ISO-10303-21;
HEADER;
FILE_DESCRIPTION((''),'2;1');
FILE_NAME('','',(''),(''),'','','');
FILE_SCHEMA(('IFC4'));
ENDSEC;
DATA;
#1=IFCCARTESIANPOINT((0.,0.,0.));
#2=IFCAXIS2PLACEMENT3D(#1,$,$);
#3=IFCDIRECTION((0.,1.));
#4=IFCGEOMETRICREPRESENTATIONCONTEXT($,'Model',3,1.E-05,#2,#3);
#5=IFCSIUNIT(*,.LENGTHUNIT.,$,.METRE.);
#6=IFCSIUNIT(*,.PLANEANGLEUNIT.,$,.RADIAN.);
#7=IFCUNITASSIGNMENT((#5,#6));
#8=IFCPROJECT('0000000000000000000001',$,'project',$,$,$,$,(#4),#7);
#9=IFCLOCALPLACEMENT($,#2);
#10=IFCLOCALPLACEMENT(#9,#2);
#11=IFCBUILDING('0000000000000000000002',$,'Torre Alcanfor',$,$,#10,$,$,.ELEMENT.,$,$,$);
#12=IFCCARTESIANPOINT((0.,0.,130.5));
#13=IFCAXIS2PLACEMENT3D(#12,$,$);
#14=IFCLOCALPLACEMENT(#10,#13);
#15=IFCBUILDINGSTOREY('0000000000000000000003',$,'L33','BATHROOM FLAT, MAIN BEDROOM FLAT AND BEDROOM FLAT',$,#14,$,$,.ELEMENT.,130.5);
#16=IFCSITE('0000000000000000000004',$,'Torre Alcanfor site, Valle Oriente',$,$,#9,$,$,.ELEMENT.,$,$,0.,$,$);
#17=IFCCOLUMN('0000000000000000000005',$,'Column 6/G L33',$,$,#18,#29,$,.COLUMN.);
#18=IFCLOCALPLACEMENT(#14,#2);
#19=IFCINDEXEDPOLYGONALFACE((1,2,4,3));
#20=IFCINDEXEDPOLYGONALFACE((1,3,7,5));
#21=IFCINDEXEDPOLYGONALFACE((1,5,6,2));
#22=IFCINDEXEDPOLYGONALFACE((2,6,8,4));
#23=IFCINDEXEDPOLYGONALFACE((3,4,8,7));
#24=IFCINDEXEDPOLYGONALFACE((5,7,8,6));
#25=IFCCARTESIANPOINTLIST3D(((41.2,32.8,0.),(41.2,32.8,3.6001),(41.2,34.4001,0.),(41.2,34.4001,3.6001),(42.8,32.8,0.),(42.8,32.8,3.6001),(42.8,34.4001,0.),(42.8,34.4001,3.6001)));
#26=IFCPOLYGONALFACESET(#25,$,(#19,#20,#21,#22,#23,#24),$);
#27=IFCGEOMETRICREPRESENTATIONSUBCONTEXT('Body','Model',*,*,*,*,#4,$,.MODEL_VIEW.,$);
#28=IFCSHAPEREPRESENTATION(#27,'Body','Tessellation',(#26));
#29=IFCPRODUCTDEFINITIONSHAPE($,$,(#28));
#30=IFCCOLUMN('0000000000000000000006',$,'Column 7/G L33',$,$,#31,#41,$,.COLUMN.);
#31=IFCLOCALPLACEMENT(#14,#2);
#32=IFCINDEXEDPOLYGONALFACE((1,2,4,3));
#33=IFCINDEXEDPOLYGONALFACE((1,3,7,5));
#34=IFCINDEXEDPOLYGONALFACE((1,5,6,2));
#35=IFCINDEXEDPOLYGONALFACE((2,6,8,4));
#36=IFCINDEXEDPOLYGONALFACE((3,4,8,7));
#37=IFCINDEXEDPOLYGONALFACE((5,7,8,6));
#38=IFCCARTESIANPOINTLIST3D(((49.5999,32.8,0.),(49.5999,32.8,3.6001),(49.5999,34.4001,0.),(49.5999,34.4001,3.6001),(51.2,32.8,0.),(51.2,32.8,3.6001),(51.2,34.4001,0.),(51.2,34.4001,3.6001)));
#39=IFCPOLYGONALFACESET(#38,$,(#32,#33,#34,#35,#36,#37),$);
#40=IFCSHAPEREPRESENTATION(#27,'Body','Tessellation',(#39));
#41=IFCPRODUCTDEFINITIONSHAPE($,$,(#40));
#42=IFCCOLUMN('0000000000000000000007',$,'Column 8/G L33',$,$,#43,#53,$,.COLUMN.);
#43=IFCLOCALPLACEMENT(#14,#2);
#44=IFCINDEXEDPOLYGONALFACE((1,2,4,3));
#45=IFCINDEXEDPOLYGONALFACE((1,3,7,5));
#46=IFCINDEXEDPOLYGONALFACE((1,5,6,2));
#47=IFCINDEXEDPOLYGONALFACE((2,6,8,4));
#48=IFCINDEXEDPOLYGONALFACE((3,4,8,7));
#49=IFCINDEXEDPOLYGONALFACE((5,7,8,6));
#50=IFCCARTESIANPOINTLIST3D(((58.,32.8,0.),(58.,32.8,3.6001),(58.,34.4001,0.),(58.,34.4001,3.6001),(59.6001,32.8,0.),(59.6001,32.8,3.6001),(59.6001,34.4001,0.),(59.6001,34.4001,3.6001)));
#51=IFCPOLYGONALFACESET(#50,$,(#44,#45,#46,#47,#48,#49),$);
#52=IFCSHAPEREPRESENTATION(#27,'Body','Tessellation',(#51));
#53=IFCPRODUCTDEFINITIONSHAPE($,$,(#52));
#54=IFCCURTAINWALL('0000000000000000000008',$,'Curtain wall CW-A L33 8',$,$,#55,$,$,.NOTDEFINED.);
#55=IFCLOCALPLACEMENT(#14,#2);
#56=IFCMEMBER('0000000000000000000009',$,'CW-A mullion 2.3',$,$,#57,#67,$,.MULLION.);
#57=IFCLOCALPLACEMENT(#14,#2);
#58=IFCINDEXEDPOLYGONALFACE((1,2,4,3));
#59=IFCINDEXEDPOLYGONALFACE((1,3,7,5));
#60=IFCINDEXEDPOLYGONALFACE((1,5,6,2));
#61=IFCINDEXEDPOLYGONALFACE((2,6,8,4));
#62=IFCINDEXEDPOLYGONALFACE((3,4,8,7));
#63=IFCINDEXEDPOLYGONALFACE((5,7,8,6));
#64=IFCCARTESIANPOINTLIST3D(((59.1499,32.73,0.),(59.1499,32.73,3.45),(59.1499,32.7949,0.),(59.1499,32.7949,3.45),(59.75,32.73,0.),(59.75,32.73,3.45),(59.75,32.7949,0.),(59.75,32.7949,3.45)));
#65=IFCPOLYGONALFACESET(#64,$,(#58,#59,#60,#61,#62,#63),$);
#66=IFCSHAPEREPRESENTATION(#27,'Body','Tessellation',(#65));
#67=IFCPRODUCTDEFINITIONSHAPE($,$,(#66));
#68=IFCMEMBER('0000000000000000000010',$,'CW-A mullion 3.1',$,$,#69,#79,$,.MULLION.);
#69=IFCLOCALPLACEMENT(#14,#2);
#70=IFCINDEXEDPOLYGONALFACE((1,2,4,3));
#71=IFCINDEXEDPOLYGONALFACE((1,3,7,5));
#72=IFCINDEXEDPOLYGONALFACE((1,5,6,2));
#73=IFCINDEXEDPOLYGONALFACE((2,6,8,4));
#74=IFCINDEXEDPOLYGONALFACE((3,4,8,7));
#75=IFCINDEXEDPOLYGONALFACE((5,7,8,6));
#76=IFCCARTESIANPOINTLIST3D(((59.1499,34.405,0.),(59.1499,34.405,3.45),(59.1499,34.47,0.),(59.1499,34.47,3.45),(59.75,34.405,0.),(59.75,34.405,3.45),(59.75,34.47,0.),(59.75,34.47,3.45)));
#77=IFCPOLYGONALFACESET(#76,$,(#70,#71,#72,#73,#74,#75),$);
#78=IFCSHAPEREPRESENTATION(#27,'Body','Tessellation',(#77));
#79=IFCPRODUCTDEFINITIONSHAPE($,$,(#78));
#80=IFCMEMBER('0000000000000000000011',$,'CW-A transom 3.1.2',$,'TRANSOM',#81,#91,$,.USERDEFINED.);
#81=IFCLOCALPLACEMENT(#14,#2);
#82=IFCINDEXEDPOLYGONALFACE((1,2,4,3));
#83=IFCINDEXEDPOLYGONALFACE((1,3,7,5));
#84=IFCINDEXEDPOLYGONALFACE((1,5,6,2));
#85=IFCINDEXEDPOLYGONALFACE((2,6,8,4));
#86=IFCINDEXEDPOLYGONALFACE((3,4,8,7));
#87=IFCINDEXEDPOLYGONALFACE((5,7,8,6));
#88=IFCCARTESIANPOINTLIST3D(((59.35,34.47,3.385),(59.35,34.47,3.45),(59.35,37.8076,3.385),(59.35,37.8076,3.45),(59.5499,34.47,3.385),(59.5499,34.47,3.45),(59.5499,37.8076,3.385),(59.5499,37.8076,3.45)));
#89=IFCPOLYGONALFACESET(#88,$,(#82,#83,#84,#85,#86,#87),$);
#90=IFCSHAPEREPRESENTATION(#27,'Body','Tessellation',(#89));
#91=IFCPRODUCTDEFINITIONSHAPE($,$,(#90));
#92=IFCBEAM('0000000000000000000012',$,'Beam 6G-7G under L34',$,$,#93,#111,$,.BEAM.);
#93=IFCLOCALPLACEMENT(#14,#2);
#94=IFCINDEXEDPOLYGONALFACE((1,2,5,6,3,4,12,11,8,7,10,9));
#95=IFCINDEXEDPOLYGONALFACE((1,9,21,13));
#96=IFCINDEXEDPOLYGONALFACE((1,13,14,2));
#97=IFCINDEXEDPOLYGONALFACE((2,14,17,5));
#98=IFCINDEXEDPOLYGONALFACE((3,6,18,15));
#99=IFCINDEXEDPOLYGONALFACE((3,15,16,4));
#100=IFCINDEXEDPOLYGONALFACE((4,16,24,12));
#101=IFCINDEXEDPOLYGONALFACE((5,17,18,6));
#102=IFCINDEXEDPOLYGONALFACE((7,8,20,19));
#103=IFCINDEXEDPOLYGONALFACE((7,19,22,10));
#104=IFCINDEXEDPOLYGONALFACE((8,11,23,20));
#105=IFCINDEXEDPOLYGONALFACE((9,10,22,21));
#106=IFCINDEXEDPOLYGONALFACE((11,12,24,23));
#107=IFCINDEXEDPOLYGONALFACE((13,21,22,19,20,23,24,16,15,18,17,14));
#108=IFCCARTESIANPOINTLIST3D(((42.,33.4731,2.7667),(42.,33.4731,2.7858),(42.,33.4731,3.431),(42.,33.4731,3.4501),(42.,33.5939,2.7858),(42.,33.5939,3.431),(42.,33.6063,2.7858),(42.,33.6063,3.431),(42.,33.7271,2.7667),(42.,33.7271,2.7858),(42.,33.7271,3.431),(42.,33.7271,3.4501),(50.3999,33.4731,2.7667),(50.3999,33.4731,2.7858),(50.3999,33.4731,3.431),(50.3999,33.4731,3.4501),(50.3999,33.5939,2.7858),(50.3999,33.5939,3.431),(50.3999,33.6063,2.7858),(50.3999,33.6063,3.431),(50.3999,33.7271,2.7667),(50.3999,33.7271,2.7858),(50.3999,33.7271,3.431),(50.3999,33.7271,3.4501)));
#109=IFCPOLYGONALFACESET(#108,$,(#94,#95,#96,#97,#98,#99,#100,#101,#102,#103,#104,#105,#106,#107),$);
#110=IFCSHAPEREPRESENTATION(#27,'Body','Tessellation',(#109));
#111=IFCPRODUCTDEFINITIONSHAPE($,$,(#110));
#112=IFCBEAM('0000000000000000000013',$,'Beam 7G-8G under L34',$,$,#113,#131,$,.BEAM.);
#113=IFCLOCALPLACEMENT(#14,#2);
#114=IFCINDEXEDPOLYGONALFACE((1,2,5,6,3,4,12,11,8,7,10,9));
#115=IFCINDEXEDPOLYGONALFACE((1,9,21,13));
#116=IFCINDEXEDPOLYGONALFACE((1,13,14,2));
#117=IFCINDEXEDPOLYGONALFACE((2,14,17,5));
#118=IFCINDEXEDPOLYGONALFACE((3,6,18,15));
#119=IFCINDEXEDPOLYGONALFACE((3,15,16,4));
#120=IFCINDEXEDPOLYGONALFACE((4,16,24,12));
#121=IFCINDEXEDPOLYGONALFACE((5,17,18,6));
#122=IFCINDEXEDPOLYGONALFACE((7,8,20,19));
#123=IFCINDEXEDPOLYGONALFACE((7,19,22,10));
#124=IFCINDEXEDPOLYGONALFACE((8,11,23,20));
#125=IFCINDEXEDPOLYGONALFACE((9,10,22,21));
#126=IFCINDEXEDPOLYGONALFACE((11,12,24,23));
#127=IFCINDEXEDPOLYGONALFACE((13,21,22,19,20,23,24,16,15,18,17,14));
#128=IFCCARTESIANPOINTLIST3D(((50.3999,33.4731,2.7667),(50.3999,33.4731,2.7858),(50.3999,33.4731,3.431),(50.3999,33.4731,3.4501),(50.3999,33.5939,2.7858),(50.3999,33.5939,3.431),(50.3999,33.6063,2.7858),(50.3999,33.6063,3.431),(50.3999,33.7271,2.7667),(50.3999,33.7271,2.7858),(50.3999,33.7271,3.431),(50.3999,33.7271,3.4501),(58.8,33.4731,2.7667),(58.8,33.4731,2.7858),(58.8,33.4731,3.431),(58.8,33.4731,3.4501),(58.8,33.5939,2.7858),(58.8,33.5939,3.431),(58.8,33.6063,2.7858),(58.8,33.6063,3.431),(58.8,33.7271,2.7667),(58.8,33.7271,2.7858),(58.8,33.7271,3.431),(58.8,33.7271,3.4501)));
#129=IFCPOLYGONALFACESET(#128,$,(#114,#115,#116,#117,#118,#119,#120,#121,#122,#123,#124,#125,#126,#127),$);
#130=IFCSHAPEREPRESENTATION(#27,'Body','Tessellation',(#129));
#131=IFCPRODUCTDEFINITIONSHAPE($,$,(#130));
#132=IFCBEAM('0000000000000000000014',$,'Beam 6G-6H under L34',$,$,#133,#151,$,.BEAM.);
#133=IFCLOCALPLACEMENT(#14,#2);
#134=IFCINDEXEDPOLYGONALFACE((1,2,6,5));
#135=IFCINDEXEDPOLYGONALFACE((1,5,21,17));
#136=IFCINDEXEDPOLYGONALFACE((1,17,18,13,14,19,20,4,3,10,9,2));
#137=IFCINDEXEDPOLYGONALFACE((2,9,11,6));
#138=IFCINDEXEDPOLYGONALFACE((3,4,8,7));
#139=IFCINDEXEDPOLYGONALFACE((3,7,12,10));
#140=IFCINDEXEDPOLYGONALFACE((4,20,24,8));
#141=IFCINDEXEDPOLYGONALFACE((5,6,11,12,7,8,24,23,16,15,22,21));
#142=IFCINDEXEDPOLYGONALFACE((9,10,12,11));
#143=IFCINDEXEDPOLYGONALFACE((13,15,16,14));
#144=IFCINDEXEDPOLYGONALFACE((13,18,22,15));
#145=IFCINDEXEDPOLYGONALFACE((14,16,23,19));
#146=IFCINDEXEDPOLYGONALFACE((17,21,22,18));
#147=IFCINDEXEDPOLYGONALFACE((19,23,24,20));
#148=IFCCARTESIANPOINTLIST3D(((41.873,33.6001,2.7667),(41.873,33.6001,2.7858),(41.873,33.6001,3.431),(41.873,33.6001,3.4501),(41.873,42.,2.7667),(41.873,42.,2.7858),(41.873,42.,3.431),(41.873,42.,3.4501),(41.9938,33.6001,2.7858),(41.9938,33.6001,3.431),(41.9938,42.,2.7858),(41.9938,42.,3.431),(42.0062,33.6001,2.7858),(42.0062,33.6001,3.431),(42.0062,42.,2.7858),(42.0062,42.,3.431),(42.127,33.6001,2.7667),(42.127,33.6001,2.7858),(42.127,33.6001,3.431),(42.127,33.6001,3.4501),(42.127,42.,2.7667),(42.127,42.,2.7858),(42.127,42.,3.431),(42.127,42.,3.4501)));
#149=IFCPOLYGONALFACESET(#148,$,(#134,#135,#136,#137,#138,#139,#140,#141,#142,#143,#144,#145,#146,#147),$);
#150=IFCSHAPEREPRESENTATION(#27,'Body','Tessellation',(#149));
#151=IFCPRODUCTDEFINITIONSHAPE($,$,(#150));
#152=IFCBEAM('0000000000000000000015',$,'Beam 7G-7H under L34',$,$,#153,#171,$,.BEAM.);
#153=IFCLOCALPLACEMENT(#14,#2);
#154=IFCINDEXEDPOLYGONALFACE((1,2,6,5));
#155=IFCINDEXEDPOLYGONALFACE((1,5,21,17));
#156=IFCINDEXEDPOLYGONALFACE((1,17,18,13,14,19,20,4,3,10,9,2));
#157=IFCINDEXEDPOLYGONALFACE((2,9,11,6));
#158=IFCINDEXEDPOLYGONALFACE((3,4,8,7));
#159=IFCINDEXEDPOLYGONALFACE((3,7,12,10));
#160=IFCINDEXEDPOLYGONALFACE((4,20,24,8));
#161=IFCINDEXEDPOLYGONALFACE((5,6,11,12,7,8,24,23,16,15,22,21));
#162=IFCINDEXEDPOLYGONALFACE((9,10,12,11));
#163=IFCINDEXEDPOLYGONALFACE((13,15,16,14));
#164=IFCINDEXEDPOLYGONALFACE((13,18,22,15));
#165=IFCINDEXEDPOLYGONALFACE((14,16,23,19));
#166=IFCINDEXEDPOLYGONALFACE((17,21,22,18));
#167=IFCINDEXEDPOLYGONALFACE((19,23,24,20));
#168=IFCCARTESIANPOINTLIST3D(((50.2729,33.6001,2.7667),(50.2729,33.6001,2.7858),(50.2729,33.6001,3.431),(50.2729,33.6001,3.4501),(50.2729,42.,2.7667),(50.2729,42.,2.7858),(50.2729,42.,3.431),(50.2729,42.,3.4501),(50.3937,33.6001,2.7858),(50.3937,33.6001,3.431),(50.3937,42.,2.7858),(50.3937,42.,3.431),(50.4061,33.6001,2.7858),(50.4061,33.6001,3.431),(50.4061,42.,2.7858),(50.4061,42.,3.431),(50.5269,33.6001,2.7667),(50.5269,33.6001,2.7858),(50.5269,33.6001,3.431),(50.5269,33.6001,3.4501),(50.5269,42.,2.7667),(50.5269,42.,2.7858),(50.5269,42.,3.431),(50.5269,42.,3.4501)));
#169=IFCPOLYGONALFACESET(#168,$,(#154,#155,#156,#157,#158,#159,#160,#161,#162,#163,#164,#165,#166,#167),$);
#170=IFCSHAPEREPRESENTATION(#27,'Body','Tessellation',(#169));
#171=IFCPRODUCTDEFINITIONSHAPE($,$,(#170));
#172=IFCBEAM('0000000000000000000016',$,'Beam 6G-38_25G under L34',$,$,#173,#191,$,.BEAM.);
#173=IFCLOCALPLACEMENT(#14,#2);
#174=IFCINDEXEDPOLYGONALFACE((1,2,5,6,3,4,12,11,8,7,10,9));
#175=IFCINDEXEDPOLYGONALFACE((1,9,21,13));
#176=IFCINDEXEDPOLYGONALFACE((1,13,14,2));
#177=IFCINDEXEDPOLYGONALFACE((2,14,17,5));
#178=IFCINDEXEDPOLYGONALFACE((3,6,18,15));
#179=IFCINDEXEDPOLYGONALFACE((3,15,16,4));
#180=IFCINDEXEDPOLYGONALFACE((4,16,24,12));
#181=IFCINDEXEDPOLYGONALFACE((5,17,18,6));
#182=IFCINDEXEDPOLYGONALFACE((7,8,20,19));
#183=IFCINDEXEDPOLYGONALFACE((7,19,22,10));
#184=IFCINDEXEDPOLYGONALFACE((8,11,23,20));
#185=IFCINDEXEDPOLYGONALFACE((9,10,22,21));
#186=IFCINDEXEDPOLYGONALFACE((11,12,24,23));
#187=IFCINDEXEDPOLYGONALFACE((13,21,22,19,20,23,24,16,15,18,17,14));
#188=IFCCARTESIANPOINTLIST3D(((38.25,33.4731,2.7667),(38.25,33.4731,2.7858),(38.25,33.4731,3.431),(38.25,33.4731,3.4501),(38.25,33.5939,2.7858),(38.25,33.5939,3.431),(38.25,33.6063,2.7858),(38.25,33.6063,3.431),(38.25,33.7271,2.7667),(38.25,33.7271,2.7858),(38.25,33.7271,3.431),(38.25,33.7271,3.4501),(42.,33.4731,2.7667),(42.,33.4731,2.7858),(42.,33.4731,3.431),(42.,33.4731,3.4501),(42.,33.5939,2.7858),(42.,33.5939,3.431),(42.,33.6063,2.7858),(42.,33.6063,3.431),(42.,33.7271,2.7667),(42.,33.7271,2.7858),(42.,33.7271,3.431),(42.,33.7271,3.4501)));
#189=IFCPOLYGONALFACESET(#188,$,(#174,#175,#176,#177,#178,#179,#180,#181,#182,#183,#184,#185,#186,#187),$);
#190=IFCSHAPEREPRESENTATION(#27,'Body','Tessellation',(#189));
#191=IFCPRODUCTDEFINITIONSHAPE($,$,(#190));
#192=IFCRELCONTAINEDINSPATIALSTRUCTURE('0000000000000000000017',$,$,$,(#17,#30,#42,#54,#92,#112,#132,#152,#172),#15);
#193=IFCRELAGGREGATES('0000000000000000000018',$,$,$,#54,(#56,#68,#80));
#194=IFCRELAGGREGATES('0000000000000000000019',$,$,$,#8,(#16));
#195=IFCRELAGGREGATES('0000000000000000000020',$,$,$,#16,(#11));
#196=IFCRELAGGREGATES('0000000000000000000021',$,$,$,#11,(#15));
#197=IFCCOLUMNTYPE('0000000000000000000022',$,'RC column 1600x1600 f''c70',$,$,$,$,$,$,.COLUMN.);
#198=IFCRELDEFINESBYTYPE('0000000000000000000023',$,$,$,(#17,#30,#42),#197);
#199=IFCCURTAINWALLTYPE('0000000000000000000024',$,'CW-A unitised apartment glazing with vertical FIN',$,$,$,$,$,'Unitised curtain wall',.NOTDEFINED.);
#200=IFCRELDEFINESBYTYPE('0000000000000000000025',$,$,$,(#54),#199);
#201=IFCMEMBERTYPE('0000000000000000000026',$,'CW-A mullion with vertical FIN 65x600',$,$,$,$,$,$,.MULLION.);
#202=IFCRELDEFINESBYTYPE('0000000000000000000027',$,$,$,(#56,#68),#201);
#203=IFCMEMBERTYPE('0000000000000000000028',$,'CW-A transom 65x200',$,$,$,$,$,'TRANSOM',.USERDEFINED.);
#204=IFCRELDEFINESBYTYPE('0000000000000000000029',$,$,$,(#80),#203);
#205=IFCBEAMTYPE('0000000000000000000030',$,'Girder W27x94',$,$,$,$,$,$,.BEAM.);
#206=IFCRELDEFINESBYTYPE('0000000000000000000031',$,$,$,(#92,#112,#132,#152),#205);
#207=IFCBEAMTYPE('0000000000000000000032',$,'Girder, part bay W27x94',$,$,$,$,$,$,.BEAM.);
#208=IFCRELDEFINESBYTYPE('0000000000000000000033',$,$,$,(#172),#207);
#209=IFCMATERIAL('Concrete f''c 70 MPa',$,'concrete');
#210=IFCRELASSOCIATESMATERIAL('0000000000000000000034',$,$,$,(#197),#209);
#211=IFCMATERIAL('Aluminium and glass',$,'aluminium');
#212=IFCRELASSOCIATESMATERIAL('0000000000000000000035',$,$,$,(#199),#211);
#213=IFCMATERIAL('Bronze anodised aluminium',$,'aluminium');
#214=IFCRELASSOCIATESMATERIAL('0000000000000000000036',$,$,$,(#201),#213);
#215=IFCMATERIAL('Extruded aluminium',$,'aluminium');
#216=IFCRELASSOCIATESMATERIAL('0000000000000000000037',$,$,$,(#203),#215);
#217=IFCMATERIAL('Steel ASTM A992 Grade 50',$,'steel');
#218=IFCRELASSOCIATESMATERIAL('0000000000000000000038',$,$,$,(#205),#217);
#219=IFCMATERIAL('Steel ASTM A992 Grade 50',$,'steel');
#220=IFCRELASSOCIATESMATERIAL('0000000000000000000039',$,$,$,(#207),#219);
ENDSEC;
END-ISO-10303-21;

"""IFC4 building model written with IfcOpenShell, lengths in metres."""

from ifc_helpers import new_model, si_unit, direction, frame, origin, origin_2d, place, context, subcontext, project, spatial, rectangle, i_section, extrude, material, material_profile, profile_set, type_object, element, aggregate, save


model = new_model("IFC4")

# Units and contexts
model_context = context("Model", 3, precision=1e-05, world=origin(), true_north=direction((0.0, 1.0)))
body_context = subcontext(model_context, "Body", "Model", "MODEL_VIEW")
ifc_project = project(units=[si_unit("LENGTHUNIT", "METRE"), si_unit("PLANEANGLEUNIT", "RADIAN")], contexts=[model_context])

# Site, building, storey
site_placement = place(None, origin())
site = spatial("IfcSite", under=ifc_project, at=site_placement, Name="Torre Alcanfor site, Valle Oriente", CompositionType="ELEMENT", RefElevation=0.0)
building_placement = place(site_placement, origin())
building = spatial("IfcBuilding", under=site, at=building_placement, Name="Torre Alcanfor", CompositionType="ELEMENT")
storey_placement = place(building_placement, frame((0.0, 0.0, 130.5)))
storey = spatial("IfcBuildingStorey", under=building, at=storey_placement, Name="L33", Description="BATHROOM FLAT, MAIN BEDROOM FLAT AND BEDROOM FLAT", CompositionType="ELEMENT", Elevation=130.5)

# Columns
ifc_material_1 = material(Name="Concrete f'c 70 MPa", Category="concrete")
ifc_material_profile_1 = material_profile(ifc_material_1, rectangle(XDim=1.6001, YDim=1.6001, at=origin_2d()), Name="1600x1600")
ifc_profile_set_1 = profile_set([ifc_material_profile_1], Name="Concrete f'c 70 MPa")
column_type = type_object("IfcColumnType", Name="RC column 1600x1600 f'c70", PredefinedType="COLUMN", material=ifc_profile_set_1)
for number, where, z_axis, x_axis, name in (
    (1, (42.0, 33.6001, 0.0), (0.0, 0.0, 1.0), (1.0, 0.0, 0.0), "Column 6/G L33"),
    (2, (50.3999, 33.6001, 0.0), (0.0, 0.0, 1.0), (1.0, 0.0, 0.0), "Column 7/G L33"),
    (3, (58.8, 33.6001, 0.0), (0.0, 0.0, 1.0), (1.0, 0.0, 0.0), "Column 8/G L33"),
):
    element("IfcColumn", number, at=place(storey_placement, frame(where, z_axis=z_axis, x_axis=x_axis)), inside=storey, type_object=column_type, Name=name, PredefinedType="COLUMN", context=body_context, shape_type="SweptSolid", body=[
        extrude(rectangle(XDim=1.6001, YDim=1.6001, at=origin_2d()), origin(), (0.0, 0.0, 1.0), 3.6001),
    ])

# Curtain wall, members
ifc_material_2 = material(Name="Aluminium and glass", Category="aluminium")
curtain_wall_type = type_object("IfcCurtainWallType", Name="CW-A unitised apartment glazing with vertical FIN", ElementType="Unitised curtain wall", PredefinedType="NOTDEFINED", material=ifc_material_2)
curtain_wall_placement = place(storey_placement, origin())
curtain_wall = element("IfcCurtainWall", 4, at=curtain_wall_placement, inside=storey, type_object=curtain_wall_type, Name="Curtain wall CW-A L33 8", PredefinedType="NOTDEFINED")
ifc_material_3 = material(Name="Bronze anodised aluminium", Category="aluminium")
ifc_material_profile_2 = material_profile(ifc_material_3, rectangle(XDim=0.6001, YDim=0.0649, at=origin_2d()), Name="CW-A mullion 65x600")
ifc_profile_set_2 = profile_set([ifc_material_profile_2], Name="Bronze anodised aluminium")
member_type_1 = type_object("IfcMemberType", Name="CW-A mullion with vertical FIN 65x600", PredefinedType="MULLION", material=ifc_profile_set_2)
member_1_placement = place(storey_placement, frame((59.45, 32.7625, 0.0), z_axis=(0.0, 0.0, 1.0), x_axis=(-1.0, 0.0, 0.0)))
member_1 = element("IfcMember", 5, at=member_1_placement, type_object=member_type_1, Name="CW-A mullion 2.3", PredefinedType="MULLION", context=body_context, shape_type="SweptSolid", body=[
    extrude(rectangle(XDim=0.6001, YDim=0.0649, at=origin_2d()), origin(), (0.0, 0.0, 1.0), 3.45),
])
member_2_placement = place(storey_placement, frame((59.45, 34.4375, 0.0), z_axis=(0.0, 0.0, 1.0), x_axis=(-1.0, 0.0, 0.0)))
member_2 = element("IfcMember", 6, at=member_2_placement, type_object=member_type_1, Name="CW-A mullion 3.1", PredefinedType="MULLION", context=body_context, shape_type="SweptSolid", body=[
    extrude(rectangle(XDim=0.6001, YDim=0.0649, at=origin_2d()), origin(), (0.0, 0.0, 1.0), 3.45),
])
ifc_material_4 = material(Name="Extruded aluminium", Category="aluminium")
ifc_material_profile_3 = material_profile(ifc_material_4, rectangle(XDim=0.2, YDim=0.0649, at=origin_2d()), Name="CW-A transom 200x65")
ifc_profile_set_3 = profile_set([ifc_material_profile_3], Name="Extruded aluminium")
member_type_2 = type_object("IfcMemberType", Name="CW-A transom 65x200", ElementType="TRANSOM", PredefinedType="USERDEFINED", material=ifc_profile_set_3)
member_3_placement = place(storey_placement, frame((59.45, 34.47, 3.4175), z_axis=(0.0, 1.0, 0.0), x_axis=(-1.0, 0.0, 0.0)))
member_3 = element("IfcMember", 7, at=member_3_placement, type_object=member_type_2, Name="CW-A transom 3.1.2", ObjectType="TRANSOM", PredefinedType="USERDEFINED", context=body_context, shape_type="SweptSolid", body=[
    extrude(rectangle(XDim=0.2, YDim=0.0649, at=origin_2d()), origin(), (0.0, 0.0, 1.0), 3.3376),
])

# Beams
ifc_material_5 = material(Name="Steel ASTM A992 Grade 50", Category="steel")
ifc_material_profile_4 = material_profile(ifc_material_5, i_section(OverallWidth=0.2539, OverallDepth=0.6833, WebThickness=0.0125, FlangeThickness=0.019, at=origin_2d()), Name="W27x94")
ifc_profile_set_4 = profile_set([ifc_material_profile_4], Name="Steel ASTM A992 Grade 50")
beam_type_1 = type_object("IfcBeamType", Name="Girder W27x94", PredefinedType="BEAM", material=ifc_profile_set_4)
beam_1_placement = place(storey_placement, frame((42.0, 33.6001, 3.1084), z_axis=(1.0, 0.0, 0.0), x_axis=(0.0, 1.0, 0.0)))
element("IfcBeam", 8, at=beam_1_placement, inside=storey, type_object=beam_type_1, Name="Beam 6G-7G under L34", PredefinedType="BEAM", context=body_context, shape_type="SweptSolid", body=[
    extrude(i_section(OverallWidth=0.2539, OverallDepth=0.6833, WebThickness=0.0125, FlangeThickness=0.019, at=origin_2d()), origin(), (0.0, 0.0, 1.0), 8.3999),
])
beam_2_placement = place(storey_placement, frame((50.3999, 33.6001, 3.1084), z_axis=(1.0, 0.0, 0.0), x_axis=(0.0, 1.0, 0.0)))
element("IfcBeam", 9, at=beam_2_placement, inside=storey, type_object=beam_type_1, Name="Beam 7G-8G under L34", PredefinedType="BEAM", context=body_context, shape_type="SweptSolid", body=[
    extrude(i_section(OverallWidth=0.2539, OverallDepth=0.6833, WebThickness=0.0125, FlangeThickness=0.019, at=origin_2d()), origin(), (0.0, 0.0, 1.0), 8.4001),
])
for number, where, z_axis, x_axis, name in (
    (10, (42.0, 33.6001, 3.1084), (0.0, 1.0, 0.0), (-1.0, 0.0, 0.0), "Beam 6G-6H under L34"),
    (11, (50.3999, 33.6001, 3.1084), (0.0, 1.0, 0.0), (-1.0, 0.0, 0.0), "Beam 7G-7H under L34"),
):
    element("IfcBeam", number, at=place(storey_placement, frame(where, z_axis=z_axis, x_axis=x_axis)), inside=storey, type_object=beam_type_1, Name=name, PredefinedType="BEAM", context=body_context, shape_type="SweptSolid", body=[
        extrude(i_section(OverallWidth=0.2539, OverallDepth=0.6833, WebThickness=0.0125, FlangeThickness=0.019, at=origin_2d()), origin(), (0.0, 0.0, 1.0), 8.3999),
    ])
ifc_material_6 = material(Name="Steel ASTM A992 Grade 50", Category="steel")
ifc_material_profile_5 = material_profile(ifc_material_6, i_section(OverallWidth=0.2539, OverallDepth=0.6833, WebThickness=0.0125, FlangeThickness=0.019, at=origin_2d()), Name="W27x94")
ifc_profile_set_5 = profile_set([ifc_material_profile_5], Name="Steel ASTM A992 Grade 50")
beam_type_2 = type_object("IfcBeamType", Name="Girder, part bay W27x94", PredefinedType="BEAM", material=ifc_profile_set_5)
beam_3_placement = place(storey_placement, frame((42.0, 33.6001, 3.1084), z_axis=(-1.0, 0.0, 0.0), x_axis=(0.0, -1.0, 0.0)))
element("IfcBeam", 12, at=beam_3_placement, inside=storey, type_object=beam_type_2, Name="Beam 6G-38_25G under L34", PredefinedType="BEAM", context=body_context, shape_type="SweptSolid", body=[
    extrude(i_section(OverallWidth=0.2539, OverallDepth=0.6833, WebThickness=0.0125, FlangeThickness=0.019, at=origin_2d()), origin(), (0.0, 0.0, 1.0), 3.75),
])

aggregate(curtain_wall, [member_1, member_2, member_3])

save(model, "model.ifc")
